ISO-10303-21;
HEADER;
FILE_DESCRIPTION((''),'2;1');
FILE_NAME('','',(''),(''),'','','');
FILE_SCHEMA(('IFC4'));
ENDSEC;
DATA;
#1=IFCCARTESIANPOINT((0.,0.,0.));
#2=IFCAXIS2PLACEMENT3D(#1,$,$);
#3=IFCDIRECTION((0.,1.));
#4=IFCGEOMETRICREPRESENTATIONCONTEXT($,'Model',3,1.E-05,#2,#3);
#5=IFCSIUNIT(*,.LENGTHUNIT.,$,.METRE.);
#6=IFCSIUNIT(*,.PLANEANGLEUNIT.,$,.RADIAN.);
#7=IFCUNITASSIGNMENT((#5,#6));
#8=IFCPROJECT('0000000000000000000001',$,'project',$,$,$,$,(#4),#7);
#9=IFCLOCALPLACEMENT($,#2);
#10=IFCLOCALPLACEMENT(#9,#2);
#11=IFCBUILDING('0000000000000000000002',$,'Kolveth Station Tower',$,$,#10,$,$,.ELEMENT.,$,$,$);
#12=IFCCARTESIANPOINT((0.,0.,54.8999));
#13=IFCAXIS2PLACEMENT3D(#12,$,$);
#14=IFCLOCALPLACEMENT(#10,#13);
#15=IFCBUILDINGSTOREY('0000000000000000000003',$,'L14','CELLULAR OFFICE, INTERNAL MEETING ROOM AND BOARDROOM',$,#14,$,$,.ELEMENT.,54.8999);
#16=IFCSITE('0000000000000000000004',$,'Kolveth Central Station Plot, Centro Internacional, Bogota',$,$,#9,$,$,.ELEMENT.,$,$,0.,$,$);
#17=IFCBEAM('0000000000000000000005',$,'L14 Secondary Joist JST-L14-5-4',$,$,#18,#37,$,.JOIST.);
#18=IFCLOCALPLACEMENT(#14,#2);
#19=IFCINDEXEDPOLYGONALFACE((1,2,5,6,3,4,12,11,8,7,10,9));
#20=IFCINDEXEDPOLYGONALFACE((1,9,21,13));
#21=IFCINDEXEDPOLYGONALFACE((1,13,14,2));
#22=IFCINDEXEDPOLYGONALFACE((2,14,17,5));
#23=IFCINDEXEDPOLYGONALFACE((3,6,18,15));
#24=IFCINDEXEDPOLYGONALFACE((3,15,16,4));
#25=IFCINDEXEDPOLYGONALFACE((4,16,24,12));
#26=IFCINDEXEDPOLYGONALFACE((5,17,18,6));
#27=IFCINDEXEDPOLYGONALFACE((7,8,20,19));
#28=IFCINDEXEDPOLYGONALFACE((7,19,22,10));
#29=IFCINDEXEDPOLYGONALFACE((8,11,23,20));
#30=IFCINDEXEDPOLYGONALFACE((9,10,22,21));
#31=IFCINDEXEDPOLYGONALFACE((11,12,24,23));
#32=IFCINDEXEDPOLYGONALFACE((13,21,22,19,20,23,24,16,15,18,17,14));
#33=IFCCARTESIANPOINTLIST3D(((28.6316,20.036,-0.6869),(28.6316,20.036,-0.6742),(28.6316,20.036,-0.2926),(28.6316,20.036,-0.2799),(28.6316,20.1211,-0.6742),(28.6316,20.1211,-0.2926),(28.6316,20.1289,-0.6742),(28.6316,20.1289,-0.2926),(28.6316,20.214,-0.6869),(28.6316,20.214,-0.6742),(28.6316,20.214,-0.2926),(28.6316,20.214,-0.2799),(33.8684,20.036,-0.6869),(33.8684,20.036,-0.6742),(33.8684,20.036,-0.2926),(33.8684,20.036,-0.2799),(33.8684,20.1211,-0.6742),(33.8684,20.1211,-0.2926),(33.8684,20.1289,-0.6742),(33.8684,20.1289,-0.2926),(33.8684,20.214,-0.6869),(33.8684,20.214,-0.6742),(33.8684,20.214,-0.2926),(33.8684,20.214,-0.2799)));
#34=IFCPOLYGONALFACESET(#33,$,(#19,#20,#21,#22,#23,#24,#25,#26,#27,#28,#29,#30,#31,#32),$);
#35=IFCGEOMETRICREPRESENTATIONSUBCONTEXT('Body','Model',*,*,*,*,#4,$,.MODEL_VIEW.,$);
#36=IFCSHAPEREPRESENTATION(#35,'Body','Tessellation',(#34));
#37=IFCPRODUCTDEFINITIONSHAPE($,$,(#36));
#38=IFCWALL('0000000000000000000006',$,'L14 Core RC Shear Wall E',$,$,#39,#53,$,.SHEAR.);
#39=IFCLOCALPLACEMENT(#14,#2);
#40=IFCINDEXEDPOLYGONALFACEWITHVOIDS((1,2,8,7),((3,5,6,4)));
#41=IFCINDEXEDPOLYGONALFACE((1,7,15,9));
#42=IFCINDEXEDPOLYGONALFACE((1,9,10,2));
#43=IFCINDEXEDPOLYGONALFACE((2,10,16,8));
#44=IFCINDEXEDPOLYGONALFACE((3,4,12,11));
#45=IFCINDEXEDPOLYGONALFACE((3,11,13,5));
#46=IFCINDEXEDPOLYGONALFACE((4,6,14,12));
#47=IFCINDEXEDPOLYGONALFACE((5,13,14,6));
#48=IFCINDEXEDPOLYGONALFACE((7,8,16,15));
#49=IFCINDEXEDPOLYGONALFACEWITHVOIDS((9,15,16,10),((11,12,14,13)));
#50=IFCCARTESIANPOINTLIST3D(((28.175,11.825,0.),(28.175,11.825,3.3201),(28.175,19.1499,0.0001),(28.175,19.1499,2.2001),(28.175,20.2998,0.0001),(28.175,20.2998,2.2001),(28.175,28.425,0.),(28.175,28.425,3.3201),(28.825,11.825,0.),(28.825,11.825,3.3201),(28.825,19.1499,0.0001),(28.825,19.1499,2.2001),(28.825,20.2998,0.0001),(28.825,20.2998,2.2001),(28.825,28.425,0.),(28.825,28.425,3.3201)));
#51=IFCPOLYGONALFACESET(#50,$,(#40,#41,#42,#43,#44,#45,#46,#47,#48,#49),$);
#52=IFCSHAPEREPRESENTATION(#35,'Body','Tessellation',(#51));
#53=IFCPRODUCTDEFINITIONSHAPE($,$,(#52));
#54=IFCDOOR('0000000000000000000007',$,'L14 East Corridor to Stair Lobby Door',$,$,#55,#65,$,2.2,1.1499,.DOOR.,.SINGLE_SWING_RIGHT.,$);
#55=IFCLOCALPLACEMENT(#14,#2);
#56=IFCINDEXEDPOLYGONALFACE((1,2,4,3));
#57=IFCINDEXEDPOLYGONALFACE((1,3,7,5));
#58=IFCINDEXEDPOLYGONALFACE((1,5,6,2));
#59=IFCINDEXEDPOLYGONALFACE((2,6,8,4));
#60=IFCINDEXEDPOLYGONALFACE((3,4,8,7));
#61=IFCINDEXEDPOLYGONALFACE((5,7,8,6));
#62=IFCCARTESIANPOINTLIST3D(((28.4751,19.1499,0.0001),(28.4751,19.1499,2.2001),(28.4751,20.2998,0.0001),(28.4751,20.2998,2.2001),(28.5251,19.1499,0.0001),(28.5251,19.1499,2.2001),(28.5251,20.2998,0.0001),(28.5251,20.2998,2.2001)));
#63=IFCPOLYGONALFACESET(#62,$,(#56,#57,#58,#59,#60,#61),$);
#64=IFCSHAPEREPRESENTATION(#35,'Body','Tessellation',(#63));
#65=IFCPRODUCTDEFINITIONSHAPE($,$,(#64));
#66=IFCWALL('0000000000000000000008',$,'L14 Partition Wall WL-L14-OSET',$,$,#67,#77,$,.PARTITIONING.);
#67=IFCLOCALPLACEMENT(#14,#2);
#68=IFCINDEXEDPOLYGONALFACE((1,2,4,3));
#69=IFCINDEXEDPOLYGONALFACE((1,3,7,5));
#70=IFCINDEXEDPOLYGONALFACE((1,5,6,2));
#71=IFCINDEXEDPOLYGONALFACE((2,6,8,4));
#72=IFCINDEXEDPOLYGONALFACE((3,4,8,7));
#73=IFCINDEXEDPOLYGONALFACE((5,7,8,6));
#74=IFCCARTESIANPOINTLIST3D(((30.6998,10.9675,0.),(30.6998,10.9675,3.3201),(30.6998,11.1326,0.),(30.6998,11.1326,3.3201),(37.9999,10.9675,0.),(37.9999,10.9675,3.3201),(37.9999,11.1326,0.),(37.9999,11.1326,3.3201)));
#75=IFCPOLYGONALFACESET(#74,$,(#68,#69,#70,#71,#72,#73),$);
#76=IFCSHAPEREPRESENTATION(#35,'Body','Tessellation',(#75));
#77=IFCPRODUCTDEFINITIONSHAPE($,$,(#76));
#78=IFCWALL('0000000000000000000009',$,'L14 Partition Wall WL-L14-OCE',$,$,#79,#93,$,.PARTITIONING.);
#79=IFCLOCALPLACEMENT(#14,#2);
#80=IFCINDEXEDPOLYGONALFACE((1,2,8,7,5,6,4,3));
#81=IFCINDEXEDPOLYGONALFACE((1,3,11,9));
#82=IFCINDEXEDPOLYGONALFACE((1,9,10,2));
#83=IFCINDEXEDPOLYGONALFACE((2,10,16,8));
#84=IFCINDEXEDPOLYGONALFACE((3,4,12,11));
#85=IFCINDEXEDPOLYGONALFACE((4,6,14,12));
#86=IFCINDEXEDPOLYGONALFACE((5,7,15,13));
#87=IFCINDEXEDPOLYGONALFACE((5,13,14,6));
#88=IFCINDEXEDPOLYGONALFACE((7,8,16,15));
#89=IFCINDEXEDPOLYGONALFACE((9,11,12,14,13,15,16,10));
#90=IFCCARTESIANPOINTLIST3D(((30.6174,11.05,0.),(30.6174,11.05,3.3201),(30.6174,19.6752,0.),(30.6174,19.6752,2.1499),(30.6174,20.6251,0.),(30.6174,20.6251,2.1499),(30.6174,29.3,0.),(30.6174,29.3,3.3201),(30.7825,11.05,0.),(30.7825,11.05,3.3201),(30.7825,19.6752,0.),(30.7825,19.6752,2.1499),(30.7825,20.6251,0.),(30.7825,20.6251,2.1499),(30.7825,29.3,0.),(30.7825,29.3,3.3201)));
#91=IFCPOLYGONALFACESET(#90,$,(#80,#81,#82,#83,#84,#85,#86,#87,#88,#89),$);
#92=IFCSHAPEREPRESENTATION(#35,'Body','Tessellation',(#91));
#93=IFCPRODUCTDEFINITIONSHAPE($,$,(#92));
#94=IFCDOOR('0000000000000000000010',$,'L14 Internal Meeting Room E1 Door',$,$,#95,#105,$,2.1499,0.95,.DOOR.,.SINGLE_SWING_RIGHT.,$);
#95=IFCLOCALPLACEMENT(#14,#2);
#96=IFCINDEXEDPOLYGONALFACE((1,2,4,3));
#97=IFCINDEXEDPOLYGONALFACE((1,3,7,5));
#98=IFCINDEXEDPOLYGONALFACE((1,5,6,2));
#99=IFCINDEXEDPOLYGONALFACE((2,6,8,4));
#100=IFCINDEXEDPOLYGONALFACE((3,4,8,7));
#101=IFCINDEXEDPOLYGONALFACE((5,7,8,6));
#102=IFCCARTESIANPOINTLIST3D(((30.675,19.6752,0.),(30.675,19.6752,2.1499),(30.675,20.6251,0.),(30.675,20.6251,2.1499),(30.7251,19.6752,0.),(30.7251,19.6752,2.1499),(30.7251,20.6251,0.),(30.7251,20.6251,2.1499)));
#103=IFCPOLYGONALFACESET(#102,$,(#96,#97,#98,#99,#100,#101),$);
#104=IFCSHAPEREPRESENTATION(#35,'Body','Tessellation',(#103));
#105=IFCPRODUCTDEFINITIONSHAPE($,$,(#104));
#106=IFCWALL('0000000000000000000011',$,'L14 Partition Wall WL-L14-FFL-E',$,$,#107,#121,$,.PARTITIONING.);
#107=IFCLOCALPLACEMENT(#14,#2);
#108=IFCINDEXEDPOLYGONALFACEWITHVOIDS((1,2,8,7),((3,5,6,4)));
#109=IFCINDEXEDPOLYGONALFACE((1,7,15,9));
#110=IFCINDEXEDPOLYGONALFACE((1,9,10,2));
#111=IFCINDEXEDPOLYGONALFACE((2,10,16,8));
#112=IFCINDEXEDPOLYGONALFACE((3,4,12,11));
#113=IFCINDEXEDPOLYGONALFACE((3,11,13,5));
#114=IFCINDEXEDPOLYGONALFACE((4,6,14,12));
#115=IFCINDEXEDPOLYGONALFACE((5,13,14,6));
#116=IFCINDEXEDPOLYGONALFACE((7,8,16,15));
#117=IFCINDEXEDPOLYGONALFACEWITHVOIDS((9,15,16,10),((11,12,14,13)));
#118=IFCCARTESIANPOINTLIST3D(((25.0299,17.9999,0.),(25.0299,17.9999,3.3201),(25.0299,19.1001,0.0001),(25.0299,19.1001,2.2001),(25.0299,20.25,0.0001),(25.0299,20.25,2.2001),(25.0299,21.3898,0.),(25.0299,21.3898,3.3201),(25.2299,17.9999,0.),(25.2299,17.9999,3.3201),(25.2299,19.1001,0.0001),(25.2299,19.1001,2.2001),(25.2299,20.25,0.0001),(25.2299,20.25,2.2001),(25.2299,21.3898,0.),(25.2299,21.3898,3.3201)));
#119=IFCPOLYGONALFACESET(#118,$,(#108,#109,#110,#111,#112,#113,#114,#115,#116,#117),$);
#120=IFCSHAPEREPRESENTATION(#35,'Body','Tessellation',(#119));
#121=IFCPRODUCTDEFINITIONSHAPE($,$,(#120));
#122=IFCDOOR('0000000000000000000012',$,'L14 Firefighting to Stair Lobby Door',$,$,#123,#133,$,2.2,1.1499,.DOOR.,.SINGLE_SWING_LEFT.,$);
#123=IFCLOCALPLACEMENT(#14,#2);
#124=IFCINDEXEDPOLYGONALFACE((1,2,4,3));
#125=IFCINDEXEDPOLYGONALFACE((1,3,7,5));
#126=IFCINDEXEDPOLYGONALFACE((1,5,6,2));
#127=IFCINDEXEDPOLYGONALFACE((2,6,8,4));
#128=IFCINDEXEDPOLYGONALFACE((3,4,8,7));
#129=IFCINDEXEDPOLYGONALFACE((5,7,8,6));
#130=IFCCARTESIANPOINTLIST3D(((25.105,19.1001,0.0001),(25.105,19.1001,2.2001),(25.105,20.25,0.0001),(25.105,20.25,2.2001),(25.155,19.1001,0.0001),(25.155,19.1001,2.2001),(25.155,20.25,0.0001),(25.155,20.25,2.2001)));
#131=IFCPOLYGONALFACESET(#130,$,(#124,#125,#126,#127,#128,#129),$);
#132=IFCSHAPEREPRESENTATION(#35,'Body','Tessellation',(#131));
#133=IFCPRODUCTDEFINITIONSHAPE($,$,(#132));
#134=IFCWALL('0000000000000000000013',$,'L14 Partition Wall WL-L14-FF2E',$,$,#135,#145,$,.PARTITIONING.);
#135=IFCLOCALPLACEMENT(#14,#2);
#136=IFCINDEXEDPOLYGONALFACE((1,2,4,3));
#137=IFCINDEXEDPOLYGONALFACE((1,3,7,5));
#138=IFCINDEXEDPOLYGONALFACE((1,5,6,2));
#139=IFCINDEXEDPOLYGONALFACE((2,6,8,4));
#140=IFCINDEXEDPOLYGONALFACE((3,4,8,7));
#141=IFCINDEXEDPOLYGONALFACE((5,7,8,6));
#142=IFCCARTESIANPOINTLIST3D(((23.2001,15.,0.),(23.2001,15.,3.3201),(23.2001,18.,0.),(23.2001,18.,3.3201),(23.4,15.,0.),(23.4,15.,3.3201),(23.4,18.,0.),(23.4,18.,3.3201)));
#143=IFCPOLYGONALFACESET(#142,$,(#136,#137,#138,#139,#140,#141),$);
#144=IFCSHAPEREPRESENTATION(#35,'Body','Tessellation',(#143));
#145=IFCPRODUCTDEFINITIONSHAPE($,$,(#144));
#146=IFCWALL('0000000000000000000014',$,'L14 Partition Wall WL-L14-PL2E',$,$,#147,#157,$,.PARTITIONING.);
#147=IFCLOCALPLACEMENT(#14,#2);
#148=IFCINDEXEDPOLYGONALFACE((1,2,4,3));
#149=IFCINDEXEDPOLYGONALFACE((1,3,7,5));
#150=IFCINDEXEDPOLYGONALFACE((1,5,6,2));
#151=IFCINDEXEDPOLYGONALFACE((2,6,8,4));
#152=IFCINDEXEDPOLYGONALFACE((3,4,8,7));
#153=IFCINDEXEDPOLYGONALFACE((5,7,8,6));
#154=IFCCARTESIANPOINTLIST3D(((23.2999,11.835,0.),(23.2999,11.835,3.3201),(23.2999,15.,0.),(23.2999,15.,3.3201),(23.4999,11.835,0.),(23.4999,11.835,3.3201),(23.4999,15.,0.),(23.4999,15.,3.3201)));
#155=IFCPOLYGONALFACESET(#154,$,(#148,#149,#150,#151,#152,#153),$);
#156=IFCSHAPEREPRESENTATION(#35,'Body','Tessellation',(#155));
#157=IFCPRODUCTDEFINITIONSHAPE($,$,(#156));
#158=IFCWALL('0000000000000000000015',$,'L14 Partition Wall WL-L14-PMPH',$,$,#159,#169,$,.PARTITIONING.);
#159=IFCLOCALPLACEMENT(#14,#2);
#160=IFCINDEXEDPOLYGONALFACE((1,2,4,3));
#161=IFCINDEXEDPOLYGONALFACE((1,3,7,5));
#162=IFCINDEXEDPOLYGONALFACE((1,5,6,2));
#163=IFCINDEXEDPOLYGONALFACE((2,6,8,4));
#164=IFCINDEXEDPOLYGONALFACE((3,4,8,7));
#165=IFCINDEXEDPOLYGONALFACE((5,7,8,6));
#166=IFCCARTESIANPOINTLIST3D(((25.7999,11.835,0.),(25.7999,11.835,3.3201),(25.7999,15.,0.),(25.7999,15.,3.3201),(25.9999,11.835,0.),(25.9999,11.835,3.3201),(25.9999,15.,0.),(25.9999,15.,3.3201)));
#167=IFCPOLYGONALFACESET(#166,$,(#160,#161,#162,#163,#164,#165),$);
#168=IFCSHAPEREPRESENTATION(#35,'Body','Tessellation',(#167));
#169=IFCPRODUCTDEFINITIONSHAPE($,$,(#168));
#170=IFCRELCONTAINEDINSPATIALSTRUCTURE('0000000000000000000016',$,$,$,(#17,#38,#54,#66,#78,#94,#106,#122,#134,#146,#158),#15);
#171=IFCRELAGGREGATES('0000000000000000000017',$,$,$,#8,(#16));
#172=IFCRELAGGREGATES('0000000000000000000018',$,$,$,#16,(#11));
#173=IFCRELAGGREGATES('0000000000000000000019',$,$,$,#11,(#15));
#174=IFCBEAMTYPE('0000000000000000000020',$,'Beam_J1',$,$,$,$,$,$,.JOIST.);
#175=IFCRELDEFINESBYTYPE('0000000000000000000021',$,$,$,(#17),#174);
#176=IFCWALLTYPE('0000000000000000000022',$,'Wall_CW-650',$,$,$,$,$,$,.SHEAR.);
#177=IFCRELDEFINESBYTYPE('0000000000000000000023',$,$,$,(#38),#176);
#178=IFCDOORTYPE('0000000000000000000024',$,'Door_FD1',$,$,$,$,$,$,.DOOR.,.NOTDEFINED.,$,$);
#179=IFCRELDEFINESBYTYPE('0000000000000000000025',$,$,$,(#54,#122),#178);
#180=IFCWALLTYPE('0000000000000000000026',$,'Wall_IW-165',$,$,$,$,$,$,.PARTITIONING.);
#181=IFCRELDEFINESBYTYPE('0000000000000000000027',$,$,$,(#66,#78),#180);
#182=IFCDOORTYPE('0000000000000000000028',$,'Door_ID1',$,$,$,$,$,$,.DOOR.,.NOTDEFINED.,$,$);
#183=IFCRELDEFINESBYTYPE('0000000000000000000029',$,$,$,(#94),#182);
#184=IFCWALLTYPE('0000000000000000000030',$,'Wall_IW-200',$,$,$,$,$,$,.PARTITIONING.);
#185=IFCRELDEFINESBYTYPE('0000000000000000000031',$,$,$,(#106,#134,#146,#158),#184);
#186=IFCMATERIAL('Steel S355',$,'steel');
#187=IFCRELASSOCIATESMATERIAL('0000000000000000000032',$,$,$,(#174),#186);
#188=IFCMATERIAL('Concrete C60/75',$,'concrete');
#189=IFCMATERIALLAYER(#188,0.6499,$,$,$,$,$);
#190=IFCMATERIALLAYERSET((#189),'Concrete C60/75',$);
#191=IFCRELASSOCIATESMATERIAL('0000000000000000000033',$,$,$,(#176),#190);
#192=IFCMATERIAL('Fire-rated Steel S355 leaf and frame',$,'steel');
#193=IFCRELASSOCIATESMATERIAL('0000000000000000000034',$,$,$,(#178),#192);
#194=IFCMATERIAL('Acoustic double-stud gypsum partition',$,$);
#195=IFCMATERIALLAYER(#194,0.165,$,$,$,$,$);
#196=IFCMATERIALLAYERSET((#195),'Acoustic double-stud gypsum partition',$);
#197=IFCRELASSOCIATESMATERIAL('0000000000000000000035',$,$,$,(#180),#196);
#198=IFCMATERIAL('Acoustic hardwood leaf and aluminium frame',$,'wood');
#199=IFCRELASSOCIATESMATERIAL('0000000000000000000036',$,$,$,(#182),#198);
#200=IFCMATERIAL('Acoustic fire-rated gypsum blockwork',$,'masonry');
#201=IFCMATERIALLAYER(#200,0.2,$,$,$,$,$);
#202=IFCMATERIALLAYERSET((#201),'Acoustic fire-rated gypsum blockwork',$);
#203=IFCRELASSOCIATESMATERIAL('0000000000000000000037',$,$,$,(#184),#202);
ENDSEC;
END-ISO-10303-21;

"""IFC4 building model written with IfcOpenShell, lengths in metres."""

from ifc_helpers import new_model, si_unit, direction, frame, frame_2d, origin, origin_2d, place, context, subcontext, project, spatial, rectangle, i_section, extrude, source, transform, mapped, material, layer, layer_set, material_profile, profile_set, type_object, element, fill, save


model = new_model("IFC4")

# Units and contexts
model_context = context("Model", 3, precision=1e-05, world=origin(), true_north=direction((0.0, 1.0)))
body_context = subcontext(model_context, "Body", "Model", "MODEL_VIEW")
ifc_project = project(units=[si_unit("LENGTHUNIT", "METRE"), si_unit("PLANEANGLEUNIT", "RADIAN")], contexts=[model_context])

# Site, building, storey
site_placement = place(None, origin())
site = spatial("IfcSite", under=ifc_project, at=site_placement, Name="Kolveth Central Station Plot, Centro Internacional, Bogota", CompositionType="ELEMENT", RefElevation=0.0)
building_placement = place(site_placement, origin())
building = spatial("IfcBuilding", under=site, at=building_placement, Name="Kolveth Station Tower", CompositionType="ELEMENT")
storey_placement = place(building_placement, frame((0.0, 0.0, 54.8999)))
storey = spatial("IfcBuildingStorey", under=building, at=storey_placement, Name="L14", Description="CELLULAR OFFICE, INTERNAL MEETING ROOM AND BOARDROOM", CompositionType="ELEMENT", Elevation=54.8999)

# Beam
ifc_material_1 = material(Name="Steel S355", Category="steel")
ifc_material_profile_1 = material_profile(ifc_material_1, i_section(OverallWidth=0.178, OverallDepth=0.407, WebThickness=0.0078, FlangeThickness=0.0127, at=origin_2d()), Name="W410x60")
ifc_profile_set_1 = profile_set([ifc_material_profile_1], Name="Steel S355")
beam_type_1 = type_object("IfcBeamType", Name="Beam_J1", PredefinedType="JOIST", material=ifc_profile_set_1)
shared_shape_1 = source(origin(), body_context, "Body", "SweptSolid", [
    extrude(i_section(OverallWidth=0.178, OverallDepth=0.407, WebThickness=0.0078, FlangeThickness=0.0127, at=origin_2d()), origin(), (0.0, 0.0, 1.0), 5.2368),
])
for number, where, z_axis, x_axis, name in (
    (1, (28.6316, 20.125, -0.4834), (1.0, 0.0, 0.0), (0.0, 1.0, 0.0), "L14 Secondary Joist JST-L14-5-4"),
):
    element("IfcBeam", number, at=place(storey_placement, frame(where, z_axis=z_axis, x_axis=x_axis)), inside=storey, type_object=beam_type_1, Name=name, PredefinedType="JOIST", context=body_context, shape_type="MappedRepresentation", body=[
        mapped(shared_shape_1, transform((0.0, 0.0, 0.0), x_axis=(1.0, 0.0, 0.0), y_axis=(0.0, 1.0, 0.0), z_axis=(0.0, 0.0, 1.0), scale=1.0)),
    ])

# Wall, opening, door
ifc_material_2 = material(Name="Concrete C60/75", Category="concrete")
ifc_layer_1 = layer(ifc_material_2, 0.6499)
ifc_layer_set_1 = layer_set([ifc_layer_1], Name="Concrete C60/75")
wall_type_1 = type_object("IfcWallType", Name="Wall_CW-650", PredefinedType="SHEAR", material=ifc_layer_set_1)
wall_1_placement = place(storey_placement, frame((28.5, 11.825, 0.0), z_axis=(0.0, 0.0, 1.0), x_axis=(0.0, 1.0, 0.0)))
wall_1 = element("IfcWall", 2, at=wall_1_placement, inside=storey, type_object=wall_type_1, Name="L14 Core RC Shear Wall E", PredefinedType="SHEAR", context=body_context, shape_type="SweptSolid", body=[
    extrude(rectangle(XDim=16.6001, YDim=0.6499, at=frame_2d((8.3, 0.0))), origin(), (0.0, 0.0, 1.0), 3.3201),
])
opening_1_placement = place(wall_1_placement, frame((7.325, 0.0, 0.0)))
opening_1 = element("IfcOpeningElement", 3, at=opening_1_placement, cuts=wall_1, PredefinedType="OPENING", context=body_context, shape_type="SweptSolid", body=[
    extrude(rectangle(XDim=1.1499, YDim=2.2, at=frame_2d((0.575, 1.1001))), frame((0.0, 0.335, 0.0), z_axis=(0.0, -1.0, 0.0), x_axis=(1.0, 0.0, 0.0)), (0.0, 0.0, 1.0), 0.6699),
])
ifc_material_3 = material(Name="Fire-rated Steel S355 leaf and frame", Category="steel")
door_type_1 = type_object("IfcDoorType", Name="Door_FD1", OperationType="NOTDEFINED", PredefinedType="DOOR", material=ifc_material_3)
door_1_placement = place(opening_1_placement, origin())
door_1 = element("IfcDoor", 4, at=door_1_placement, inside=storey, type_object=door_type_1, Name="L14 East Corridor to Stair Lobby Door", OperationType="SINGLE_SWING_RIGHT", OverallHeight=2.2, OverallWidth=1.1499, PredefinedType="DOOR", context=body_context, shape_type="SweptSolid", body=[
    extrude(rectangle(XDim=1.1499, YDim=2.2, at=frame_2d((0.575, 1.1001))), frame((0.0, 0.0249, 0.0), z_axis=(0.0, -1.0, 0.0), x_axis=(1.0, 0.0, 0.0)), (0.0, 0.0, 1.0), 0.05),
])
fill(opening_1, door_1)

# Wall
ifc_material_4 = material(Name="Acoustic double-stud gypsum partition")
ifc_layer_2 = layer(ifc_material_4, 0.165)
ifc_layer_set_2 = layer_set([ifc_layer_2], Name="Acoustic double-stud gypsum partition")
wall_type_2 = type_object("IfcWallType", Name="Wall_IW-165", PredefinedType="PARTITIONING", material=ifc_layer_set_2)
wall_2_placement = place(storey_placement, frame((30.7, 11.05, 0.0), z_axis=(0.0, 0.0, 1.0), x_axis=(1.0, 0.0, 0.0)))
element("IfcWall", 5, at=wall_2_placement, inside=storey, type_object=wall_type_2, Name="L14 Partition Wall WL-L14-OSET", PredefinedType="PARTITIONING", context=body_context, shape_type="SweptSolid", body=[
    extrude(rectangle(XDim=7.3, YDim=0.165, at=frame_2d((3.6499, 0.0))), origin(), (0.0, 0.0, 1.0), 3.3201),
])

# Walls, openings, doors
wall_3_placement = place(storey_placement, frame((30.7, 11.05, 0.0), z_axis=(0.0, 0.0, 1.0), x_axis=(0.0, 1.0, 0.0)))
wall_3 = element("IfcWall", 6, at=wall_3_placement, inside=storey, type_object=wall_type_2, Name="L14 Partition Wall WL-L14-OCE", PredefinedType="PARTITIONING", context=body_context, shape_type="SweptSolid", body=[
    extrude(rectangle(XDim=18.25, YDim=0.165, at=frame_2d((9.125, 0.0))), origin(), (0.0, 0.0, 1.0), 3.3201),
])
opening_2_placement = place(wall_3_placement, frame((8.625, 0.0, 0.0)))
opening_2 = element("IfcOpeningElement", 7, at=opening_2_placement, cuts=wall_3, PredefinedType="OPENING", context=body_context, shape_type="SweptSolid", body=[
    extrude(rectangle(XDim=0.95, YDim=2.1499, at=frame_2d((0.4751, 1.075))), frame((0.0, 0.0925, 0.0), z_axis=(0.0, -1.0, 0.0), x_axis=(1.0, 0.0, 0.0)), (0.0, 0.0, 1.0), 0.1851),
])
ifc_material_5 = material(Name="Acoustic hardwood leaf and aluminium frame", Category="wood")
door_type_2 = type_object("IfcDoorType", Name="Door_ID1", OperationType="NOTDEFINED", PredefinedType="DOOR", material=ifc_material_5)
door_2_placement = place(opening_2_placement, origin())
door_2 = element("IfcDoor", 8, at=door_2_placement, inside=storey, type_object=door_type_2, Name="L14 Internal Meeting Room E1 Door", OperationType="SINGLE_SWING_RIGHT", OverallHeight=2.1499, OverallWidth=0.95, PredefinedType="DOOR", context=body_context, shape_type="SweptSolid", body=[
    extrude(rectangle(XDim=0.95, YDim=2.1499, at=frame_2d((0.4751, 1.075))), frame((0.0, 0.0249, 0.0), z_axis=(0.0, -1.0, 0.0), x_axis=(1.0, 0.0, 0.0)), (0.0, 0.0, 1.0), 0.05),
])
fill(opening_2, door_2)
ifc_material_6 = material(Name="Acoustic fire-rated gypsum blockwork", Category="masonry")
ifc_layer_3 = layer(ifc_material_6, 0.2)
ifc_layer_set_3 = layer_set([ifc_layer_3], Name="Acoustic fire-rated gypsum blockwork")
wall_type_3 = type_object("IfcWallType", Name="Wall_IW-200", PredefinedType="PARTITIONING", material=ifc_layer_set_3)
wall_4_placement = place(storey_placement, frame((25.1299, 18.0, 0.0), z_axis=(0.0, 0.0, 1.0), x_axis=(0.0, 1.0, 0.0)))
wall_4 = element("IfcWall", 9, at=wall_4_placement, inside=storey, type_object=wall_type_3, Name="L14 Partition Wall WL-L14-FFL-E", PredefinedType="PARTITIONING", context=body_context, shape_type="SweptSolid", body=[
    extrude(rectangle(XDim=3.3899, YDim=0.2, at=frame_2d((1.6948, 0.0))), origin(), (0.0, 0.0, 1.0), 3.3201),
])
opening_3_placement = place(wall_4_placement, frame((1.1001, 0.0, 0.0)))
opening_3 = element("IfcOpeningElement", 10, at=opening_3_placement, cuts=wall_4, PredefinedType="OPENING", context=body_context, shape_type="SweptSolid", body=[
    extrude(rectangle(XDim=1.1499, YDim=2.2, at=frame_2d((0.575, 1.1001))), frame((0.0, 0.1099, 0.0), z_axis=(0.0, -1.0, 0.0), x_axis=(1.0, 0.0, 0.0)), (0.0, 0.0, 1.0), 0.22),
])
door_3_placement = place(opening_3_placement, origin())
door_3 = element("IfcDoor", 11, at=door_3_placement, inside=storey, type_object=door_type_1, Name="L14 Firefighting to Stair Lobby Door", OperationType="SINGLE_SWING_LEFT", OverallHeight=2.2, OverallWidth=1.1499, PredefinedType="DOOR", context=body_context, shape_type="SweptSolid", body=[
    extrude(rectangle(XDim=1.1499, YDim=2.2, at=frame_2d((0.575, 1.1001))), frame((0.0, 0.0249, 0.0), z_axis=(0.0, -1.0, 0.0), x_axis=(1.0, 0.0, 0.0)), (0.0, 0.0, 1.0), 0.05),
])
fill(opening_3, door_3)

# Walls
wall_5_placement = place(storey_placement, frame((23.3, 15.0, 0.0), z_axis=(0.0, 0.0, 1.0), x_axis=(0.0, 1.0, 0.0)))
element("IfcWall", 12, at=wall_5_placement, inside=storey, type_object=wall_type_3, Name="L14 Partition Wall WL-L14-FF2E", PredefinedType="PARTITIONING", context=body_context, shape_type="SweptSolid", body=[
    extrude(rectangle(XDim=3.0, YDim=0.2, at=frame_2d((1.5, 0.0))), origin(), (0.0, 0.0, 1.0), 3.3201),
])
for number, where, z_axis, x_axis, name in (
    (13, (23.3999, 11.835, 0.0), (0.0, 0.0, 1.0), (0.0, 1.0, 0.0), "L14 Partition Wall WL-L14-PL2E"),
    (14, (25.8999, 11.835, 0.0), (0.0, 0.0, 1.0), (0.0, 1.0, 0.0), "L14 Partition Wall WL-L14-PMPH"),
):
    element("IfcWall", number, at=place(storey_placement, frame(where, z_axis=z_axis, x_axis=x_axis)), inside=storey, type_object=wall_type_3, Name=name, PredefinedType="PARTITIONING", context=body_context, shape_type="SweptSolid", body=[
        extrude(rectangle(XDim=3.165, YDim=0.2, at=frame_2d((1.5825, 0.0))), origin(), (0.0, 0.0, 1.0), 3.3201),
    ])

save(model, "model.ifc")
